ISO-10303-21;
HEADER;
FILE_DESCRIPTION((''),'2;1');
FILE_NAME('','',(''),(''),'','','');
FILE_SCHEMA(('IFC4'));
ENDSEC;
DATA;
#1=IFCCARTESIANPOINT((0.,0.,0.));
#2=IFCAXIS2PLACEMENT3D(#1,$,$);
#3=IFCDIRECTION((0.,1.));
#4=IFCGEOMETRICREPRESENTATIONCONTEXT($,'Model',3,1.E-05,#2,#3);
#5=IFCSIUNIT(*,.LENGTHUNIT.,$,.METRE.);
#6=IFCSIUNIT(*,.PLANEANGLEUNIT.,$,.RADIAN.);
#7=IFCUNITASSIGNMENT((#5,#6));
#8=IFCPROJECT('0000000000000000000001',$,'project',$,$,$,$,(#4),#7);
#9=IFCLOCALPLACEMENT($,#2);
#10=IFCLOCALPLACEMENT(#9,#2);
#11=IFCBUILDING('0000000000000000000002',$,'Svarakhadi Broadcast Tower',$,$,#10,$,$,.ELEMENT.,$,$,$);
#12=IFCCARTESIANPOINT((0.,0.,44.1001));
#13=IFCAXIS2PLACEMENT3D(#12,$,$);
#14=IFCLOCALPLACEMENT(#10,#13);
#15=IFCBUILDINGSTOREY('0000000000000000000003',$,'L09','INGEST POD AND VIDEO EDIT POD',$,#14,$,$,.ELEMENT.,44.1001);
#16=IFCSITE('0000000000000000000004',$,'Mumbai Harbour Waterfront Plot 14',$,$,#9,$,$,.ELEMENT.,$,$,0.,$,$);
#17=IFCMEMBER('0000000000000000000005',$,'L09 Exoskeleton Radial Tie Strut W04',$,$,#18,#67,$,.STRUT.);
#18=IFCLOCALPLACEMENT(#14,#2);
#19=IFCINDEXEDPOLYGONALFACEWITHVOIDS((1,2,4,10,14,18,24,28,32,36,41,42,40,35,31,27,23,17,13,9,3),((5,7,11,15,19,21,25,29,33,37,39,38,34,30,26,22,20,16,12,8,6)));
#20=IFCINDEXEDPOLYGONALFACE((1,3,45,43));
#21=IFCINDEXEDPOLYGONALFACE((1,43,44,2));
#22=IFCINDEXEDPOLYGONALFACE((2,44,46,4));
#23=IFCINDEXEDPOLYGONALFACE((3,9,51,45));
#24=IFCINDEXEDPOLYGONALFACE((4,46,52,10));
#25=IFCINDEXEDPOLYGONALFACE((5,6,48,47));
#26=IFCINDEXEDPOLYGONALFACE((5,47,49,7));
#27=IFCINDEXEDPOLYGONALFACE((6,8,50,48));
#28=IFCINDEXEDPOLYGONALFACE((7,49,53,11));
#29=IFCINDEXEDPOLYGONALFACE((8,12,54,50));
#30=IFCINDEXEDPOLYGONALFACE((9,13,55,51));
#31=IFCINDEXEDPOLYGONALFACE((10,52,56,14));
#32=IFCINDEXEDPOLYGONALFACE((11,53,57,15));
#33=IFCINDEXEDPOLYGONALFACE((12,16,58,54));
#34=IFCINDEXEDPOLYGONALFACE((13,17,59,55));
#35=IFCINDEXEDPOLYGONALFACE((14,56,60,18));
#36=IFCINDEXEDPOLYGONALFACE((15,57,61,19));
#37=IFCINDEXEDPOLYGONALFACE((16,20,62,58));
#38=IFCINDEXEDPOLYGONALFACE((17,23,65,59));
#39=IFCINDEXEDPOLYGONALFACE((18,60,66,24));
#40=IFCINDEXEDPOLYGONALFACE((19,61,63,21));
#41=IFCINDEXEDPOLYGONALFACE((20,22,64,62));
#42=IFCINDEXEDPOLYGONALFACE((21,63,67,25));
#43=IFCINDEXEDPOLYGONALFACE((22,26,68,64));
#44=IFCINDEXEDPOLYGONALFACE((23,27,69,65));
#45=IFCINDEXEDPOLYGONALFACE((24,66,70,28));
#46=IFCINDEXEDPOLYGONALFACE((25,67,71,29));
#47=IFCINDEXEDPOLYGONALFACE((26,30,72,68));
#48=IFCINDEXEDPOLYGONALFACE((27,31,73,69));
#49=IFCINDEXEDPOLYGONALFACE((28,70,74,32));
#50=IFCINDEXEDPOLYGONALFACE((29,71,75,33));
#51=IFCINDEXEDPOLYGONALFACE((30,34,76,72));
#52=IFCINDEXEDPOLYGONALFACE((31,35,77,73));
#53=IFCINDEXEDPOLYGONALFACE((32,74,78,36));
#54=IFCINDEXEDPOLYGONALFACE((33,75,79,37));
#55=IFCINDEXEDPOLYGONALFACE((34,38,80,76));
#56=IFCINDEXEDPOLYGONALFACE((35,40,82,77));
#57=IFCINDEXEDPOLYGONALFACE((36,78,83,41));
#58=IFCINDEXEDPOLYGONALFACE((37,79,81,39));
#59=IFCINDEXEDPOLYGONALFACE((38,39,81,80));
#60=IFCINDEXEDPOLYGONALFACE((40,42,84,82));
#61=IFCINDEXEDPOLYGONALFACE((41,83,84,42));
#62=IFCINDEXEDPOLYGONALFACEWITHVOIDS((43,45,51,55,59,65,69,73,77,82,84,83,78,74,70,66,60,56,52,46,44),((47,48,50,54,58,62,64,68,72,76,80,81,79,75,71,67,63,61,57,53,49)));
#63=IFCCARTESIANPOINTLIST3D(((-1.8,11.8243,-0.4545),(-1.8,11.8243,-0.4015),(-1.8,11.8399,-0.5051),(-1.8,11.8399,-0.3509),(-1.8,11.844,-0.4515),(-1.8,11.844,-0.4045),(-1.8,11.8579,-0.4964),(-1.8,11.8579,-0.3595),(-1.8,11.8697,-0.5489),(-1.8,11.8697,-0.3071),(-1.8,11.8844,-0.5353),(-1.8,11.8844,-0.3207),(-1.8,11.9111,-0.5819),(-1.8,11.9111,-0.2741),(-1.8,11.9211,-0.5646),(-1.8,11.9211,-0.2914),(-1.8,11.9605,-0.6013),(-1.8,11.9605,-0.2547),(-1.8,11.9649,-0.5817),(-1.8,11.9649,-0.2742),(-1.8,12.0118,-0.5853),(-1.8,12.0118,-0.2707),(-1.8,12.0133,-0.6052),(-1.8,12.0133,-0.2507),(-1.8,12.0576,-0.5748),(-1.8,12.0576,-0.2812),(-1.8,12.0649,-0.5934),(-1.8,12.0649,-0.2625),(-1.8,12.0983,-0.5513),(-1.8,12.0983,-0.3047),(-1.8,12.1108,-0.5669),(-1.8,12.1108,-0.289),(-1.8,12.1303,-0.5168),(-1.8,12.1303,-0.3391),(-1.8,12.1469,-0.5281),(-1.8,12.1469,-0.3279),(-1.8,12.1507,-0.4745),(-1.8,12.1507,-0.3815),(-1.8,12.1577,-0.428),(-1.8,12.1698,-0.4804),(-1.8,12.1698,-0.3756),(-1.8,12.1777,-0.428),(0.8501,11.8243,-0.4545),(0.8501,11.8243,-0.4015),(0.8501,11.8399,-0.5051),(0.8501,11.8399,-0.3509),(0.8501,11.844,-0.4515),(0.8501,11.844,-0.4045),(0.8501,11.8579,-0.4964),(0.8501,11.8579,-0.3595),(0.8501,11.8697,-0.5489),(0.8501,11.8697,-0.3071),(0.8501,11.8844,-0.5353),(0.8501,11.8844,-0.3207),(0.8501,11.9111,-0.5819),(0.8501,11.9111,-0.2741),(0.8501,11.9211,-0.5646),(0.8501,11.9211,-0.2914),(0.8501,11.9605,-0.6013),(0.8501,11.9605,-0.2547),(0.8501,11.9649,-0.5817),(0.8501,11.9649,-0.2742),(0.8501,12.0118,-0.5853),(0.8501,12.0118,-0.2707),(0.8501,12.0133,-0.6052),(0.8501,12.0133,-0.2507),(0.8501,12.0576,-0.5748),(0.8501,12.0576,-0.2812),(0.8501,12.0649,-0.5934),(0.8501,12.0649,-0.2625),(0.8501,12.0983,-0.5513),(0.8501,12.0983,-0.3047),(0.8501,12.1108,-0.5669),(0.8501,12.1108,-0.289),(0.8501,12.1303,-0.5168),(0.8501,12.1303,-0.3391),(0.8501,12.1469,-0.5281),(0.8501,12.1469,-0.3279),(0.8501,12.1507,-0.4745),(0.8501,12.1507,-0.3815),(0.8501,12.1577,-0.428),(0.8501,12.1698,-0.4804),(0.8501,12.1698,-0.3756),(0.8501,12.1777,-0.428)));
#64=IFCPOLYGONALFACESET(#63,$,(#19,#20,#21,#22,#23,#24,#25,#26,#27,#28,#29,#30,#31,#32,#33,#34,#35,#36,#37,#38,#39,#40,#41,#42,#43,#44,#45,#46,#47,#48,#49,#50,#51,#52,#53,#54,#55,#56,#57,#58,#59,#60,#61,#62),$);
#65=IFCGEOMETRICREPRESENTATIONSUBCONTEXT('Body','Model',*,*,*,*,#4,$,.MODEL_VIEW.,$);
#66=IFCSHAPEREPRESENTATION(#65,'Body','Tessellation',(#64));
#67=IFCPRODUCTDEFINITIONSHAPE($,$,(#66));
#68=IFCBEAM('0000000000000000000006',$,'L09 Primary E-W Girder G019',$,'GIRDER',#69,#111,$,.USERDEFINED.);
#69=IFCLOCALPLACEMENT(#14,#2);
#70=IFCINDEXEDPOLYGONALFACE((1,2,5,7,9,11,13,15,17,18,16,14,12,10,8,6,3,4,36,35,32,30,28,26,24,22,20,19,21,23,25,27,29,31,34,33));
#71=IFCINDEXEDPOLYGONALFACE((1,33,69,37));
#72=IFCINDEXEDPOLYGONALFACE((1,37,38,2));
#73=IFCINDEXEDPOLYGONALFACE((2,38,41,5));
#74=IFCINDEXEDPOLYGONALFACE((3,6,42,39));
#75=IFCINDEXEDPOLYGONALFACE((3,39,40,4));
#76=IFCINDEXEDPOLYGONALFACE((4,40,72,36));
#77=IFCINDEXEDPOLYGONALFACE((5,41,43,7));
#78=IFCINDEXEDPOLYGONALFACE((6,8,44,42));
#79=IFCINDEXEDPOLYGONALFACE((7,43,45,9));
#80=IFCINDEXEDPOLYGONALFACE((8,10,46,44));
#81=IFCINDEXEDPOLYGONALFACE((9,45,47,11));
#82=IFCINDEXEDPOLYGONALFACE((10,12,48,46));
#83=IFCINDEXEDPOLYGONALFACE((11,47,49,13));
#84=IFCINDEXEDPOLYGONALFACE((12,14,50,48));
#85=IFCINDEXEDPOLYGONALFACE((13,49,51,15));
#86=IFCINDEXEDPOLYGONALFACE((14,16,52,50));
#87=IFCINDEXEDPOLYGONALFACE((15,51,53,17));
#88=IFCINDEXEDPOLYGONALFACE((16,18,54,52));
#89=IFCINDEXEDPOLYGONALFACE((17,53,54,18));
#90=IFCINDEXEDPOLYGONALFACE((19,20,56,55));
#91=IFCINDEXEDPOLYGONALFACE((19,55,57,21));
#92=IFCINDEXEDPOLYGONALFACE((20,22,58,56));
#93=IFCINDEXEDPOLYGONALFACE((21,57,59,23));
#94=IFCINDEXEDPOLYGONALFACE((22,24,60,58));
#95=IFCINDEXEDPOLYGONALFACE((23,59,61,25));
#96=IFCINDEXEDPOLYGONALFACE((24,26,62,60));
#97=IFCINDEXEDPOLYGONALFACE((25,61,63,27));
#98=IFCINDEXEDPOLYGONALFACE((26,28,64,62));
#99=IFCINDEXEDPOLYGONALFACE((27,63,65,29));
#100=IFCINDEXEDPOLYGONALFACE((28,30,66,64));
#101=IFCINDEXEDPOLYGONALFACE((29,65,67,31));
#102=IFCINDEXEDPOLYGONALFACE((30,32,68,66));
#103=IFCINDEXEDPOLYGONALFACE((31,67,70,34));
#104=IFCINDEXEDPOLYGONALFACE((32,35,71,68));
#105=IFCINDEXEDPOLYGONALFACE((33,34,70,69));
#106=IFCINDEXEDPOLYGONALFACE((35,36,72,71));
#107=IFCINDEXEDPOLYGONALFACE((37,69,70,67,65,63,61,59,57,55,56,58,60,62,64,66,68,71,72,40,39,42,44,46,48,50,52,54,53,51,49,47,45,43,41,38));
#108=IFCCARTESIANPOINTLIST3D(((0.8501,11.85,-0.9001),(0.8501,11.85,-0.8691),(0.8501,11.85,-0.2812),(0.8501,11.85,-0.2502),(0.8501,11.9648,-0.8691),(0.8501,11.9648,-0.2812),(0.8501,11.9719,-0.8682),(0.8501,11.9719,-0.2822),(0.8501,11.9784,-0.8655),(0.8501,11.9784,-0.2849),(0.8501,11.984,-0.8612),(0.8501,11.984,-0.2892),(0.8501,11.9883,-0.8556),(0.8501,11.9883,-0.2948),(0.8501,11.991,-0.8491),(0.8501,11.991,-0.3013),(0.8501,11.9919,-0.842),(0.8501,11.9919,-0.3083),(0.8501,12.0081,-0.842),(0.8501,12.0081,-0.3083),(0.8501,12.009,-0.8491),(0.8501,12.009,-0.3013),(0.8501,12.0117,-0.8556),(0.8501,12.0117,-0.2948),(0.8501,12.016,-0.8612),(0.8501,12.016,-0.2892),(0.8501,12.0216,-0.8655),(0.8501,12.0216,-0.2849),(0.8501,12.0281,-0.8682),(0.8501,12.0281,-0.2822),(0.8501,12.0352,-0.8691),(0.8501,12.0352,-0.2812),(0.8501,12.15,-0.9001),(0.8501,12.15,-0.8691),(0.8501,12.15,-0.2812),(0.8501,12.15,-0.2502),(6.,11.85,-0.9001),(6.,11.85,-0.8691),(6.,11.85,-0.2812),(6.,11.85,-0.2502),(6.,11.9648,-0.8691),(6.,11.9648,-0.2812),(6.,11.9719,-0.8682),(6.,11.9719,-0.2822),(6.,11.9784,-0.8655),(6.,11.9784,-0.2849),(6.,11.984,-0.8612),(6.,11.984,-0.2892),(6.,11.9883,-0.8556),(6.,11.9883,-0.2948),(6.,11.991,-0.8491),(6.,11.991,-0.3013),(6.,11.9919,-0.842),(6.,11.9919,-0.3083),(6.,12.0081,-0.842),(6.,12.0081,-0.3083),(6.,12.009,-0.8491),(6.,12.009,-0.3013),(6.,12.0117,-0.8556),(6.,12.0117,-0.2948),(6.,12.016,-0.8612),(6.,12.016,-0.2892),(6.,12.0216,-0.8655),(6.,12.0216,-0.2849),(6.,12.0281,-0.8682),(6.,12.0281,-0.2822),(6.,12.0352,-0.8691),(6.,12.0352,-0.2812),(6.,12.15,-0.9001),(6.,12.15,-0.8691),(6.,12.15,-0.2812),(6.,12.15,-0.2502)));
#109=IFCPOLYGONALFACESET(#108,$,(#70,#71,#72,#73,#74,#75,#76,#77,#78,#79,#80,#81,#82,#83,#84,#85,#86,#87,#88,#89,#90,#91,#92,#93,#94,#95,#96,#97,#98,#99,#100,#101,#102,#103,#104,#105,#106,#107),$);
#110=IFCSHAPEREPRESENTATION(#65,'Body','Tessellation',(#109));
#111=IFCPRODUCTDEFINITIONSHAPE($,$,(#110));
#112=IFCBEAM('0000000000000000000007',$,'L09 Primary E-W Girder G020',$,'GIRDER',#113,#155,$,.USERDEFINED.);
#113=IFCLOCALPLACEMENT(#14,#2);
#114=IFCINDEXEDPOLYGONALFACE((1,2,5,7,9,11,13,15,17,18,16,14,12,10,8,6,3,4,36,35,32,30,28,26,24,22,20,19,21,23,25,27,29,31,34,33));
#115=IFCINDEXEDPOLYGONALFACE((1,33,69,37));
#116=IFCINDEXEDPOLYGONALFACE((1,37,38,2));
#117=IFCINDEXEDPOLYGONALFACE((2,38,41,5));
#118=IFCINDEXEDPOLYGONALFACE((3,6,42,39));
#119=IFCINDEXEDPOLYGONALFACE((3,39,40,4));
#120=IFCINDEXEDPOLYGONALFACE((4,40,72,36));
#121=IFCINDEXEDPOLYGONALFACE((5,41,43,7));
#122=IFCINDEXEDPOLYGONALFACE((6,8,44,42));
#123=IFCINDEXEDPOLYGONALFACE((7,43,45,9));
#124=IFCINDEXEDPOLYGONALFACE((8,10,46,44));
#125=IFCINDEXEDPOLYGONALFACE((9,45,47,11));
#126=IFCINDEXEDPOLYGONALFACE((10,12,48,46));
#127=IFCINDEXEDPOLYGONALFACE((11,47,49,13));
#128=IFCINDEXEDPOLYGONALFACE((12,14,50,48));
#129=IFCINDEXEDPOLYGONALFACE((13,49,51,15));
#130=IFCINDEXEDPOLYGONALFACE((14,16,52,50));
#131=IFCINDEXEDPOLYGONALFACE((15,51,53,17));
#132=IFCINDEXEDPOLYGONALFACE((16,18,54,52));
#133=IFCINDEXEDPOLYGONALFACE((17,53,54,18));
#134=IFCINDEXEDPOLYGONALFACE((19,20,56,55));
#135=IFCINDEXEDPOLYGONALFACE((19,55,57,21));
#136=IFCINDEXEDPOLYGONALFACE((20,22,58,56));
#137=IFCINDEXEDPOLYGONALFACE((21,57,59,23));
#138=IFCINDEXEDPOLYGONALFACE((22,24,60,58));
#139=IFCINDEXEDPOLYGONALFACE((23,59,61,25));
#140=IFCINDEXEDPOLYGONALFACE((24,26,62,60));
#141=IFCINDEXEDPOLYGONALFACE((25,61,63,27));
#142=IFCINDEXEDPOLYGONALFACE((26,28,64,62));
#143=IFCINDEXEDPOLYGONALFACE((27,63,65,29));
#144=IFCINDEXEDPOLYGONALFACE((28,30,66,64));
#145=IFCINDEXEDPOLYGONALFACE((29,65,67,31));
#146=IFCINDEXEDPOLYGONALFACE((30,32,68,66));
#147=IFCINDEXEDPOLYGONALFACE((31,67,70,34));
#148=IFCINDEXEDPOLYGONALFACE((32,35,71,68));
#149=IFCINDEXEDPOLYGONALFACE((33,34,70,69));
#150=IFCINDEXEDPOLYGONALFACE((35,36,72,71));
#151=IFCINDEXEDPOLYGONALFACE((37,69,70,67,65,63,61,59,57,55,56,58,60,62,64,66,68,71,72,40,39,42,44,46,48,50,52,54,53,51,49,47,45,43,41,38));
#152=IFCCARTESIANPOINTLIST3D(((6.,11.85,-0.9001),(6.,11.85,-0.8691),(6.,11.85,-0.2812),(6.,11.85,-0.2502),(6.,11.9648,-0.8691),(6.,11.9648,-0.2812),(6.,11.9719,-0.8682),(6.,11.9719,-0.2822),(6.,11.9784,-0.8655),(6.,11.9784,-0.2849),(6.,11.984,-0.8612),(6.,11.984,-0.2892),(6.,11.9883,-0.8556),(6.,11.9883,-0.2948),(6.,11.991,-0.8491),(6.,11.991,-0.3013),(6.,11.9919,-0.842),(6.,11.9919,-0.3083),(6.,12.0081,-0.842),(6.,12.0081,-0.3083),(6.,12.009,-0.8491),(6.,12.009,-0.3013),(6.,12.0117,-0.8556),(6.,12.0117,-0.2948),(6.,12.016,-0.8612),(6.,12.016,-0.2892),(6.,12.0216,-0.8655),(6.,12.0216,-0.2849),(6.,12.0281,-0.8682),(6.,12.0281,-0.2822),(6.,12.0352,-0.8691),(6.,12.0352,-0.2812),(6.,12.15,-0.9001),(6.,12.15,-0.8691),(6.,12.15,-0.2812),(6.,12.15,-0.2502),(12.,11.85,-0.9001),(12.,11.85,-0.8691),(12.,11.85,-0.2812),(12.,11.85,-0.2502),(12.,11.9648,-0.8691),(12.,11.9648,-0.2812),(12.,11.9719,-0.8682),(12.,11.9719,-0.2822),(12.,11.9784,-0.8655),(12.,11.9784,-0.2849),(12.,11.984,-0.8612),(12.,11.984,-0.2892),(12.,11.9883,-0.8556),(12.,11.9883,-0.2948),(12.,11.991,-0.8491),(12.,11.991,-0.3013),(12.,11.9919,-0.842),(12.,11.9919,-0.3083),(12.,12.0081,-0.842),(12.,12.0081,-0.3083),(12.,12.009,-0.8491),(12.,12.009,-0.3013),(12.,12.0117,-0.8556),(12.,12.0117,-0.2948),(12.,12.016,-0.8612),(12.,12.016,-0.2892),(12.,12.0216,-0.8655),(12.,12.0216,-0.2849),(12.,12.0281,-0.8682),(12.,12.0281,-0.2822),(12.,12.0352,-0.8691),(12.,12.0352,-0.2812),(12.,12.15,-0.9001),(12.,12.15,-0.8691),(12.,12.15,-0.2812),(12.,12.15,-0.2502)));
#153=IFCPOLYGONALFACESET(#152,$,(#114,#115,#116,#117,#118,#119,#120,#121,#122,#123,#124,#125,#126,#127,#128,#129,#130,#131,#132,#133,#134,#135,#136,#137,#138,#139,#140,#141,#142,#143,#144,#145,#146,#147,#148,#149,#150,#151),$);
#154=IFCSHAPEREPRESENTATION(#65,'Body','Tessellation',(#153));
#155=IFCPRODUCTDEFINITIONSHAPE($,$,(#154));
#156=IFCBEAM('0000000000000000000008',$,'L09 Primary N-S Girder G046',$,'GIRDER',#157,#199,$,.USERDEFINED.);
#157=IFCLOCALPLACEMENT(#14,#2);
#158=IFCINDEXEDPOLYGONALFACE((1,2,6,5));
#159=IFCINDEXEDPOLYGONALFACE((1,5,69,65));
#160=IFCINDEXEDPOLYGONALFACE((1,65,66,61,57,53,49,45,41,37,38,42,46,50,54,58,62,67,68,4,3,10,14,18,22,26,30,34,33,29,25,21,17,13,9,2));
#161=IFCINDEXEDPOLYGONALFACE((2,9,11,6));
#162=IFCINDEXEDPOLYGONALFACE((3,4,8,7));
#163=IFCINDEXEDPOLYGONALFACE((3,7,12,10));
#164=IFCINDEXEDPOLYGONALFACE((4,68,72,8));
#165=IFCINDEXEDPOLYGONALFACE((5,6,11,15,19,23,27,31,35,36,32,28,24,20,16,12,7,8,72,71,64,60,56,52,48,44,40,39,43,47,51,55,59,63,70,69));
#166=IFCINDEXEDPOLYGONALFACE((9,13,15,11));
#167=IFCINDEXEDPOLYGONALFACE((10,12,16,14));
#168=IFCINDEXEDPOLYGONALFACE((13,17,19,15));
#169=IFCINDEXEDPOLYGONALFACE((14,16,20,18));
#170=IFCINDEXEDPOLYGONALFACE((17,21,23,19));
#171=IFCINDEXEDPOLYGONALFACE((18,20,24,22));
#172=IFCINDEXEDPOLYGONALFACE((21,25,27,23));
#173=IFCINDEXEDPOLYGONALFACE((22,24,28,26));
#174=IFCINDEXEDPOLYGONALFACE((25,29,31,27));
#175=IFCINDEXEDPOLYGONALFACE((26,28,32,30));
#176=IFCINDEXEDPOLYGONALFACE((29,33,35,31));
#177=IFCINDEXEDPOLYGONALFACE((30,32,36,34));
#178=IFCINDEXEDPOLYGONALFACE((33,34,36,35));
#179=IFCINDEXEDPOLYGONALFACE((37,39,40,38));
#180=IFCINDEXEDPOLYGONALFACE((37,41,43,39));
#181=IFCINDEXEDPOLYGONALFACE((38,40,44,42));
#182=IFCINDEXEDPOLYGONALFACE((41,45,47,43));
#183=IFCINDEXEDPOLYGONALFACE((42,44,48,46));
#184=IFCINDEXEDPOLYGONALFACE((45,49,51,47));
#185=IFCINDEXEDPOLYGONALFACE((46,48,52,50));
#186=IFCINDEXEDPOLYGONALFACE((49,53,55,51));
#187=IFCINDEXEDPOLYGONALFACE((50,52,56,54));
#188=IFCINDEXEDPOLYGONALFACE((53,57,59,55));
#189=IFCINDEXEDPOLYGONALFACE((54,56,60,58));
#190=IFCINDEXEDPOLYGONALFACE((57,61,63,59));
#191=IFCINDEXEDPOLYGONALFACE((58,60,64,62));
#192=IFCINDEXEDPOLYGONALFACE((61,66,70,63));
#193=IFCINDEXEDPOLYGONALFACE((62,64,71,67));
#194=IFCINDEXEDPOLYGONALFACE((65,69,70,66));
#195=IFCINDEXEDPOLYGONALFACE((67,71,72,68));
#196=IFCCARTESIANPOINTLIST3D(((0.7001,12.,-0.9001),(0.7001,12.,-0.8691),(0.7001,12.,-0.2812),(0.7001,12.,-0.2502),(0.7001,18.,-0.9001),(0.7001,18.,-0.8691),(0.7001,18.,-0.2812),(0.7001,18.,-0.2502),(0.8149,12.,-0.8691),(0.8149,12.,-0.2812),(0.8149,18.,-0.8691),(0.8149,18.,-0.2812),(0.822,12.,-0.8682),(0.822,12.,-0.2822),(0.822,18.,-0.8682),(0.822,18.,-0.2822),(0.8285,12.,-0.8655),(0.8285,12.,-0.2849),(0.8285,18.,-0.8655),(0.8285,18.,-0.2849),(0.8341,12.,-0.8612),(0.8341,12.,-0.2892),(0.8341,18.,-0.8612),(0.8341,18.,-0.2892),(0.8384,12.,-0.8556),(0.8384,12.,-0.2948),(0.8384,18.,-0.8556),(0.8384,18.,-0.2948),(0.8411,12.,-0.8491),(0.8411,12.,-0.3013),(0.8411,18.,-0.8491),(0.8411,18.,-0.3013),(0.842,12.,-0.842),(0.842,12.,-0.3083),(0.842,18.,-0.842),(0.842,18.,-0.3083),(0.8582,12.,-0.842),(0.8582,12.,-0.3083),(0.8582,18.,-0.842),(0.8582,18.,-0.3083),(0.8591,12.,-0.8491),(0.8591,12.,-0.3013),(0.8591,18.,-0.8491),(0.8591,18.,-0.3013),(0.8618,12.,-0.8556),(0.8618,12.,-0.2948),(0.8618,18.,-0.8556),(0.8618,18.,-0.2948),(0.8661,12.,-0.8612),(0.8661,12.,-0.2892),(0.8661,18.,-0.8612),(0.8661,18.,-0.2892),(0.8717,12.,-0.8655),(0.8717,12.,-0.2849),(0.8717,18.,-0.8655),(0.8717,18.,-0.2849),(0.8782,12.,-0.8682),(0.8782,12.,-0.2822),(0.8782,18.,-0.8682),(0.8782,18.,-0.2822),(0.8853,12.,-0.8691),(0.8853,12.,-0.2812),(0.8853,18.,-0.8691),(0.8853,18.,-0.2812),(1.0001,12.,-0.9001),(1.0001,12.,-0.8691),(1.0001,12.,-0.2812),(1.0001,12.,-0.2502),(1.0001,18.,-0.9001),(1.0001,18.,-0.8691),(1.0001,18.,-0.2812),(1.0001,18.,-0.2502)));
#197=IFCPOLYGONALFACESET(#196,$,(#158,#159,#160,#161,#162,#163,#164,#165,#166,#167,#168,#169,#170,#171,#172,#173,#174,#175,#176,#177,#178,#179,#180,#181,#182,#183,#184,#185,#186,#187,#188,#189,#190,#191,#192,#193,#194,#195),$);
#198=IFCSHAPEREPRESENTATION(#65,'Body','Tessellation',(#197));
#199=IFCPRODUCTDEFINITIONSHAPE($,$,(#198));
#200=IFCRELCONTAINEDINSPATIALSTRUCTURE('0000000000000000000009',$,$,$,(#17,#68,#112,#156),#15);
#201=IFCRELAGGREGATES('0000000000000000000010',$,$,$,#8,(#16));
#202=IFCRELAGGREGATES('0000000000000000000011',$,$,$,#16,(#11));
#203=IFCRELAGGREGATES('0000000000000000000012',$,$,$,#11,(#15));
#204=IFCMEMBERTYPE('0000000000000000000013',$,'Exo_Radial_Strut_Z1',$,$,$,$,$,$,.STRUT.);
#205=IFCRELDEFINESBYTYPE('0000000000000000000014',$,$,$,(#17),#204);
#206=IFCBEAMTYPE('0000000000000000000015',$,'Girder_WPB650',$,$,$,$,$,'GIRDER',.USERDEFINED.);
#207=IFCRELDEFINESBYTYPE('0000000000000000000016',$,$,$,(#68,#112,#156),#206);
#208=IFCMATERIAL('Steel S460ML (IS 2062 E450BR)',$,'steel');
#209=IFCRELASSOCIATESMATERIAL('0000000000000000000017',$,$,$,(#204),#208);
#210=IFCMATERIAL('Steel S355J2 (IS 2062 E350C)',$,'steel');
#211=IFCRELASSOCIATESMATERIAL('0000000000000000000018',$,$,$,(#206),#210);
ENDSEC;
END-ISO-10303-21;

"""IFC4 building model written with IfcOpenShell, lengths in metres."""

from ifc_helpers import new_model, si_unit, direction, frame, origin, origin_2d, place, context, subcontext, project, spatial, hollow_circle, i_section, extrude, material, material_profile, profile_set, type_object, element, save


model = new_model("IFC4")

# Units and contexts
model_context = context("Model", 3, precision=1e-05, world=origin(), true_north=direction((0.0, 1.0)))
body_context = subcontext(model_context, "Body", "Model", "MODEL_VIEW")
ifc_project = project(units=[si_unit("LENGTHUNIT", "METRE"), si_unit("PLANEANGLEUNIT", "RADIAN")], contexts=[model_context])

# Site, building, storey
site_placement = place(None, origin())
site = spatial("IfcSite", under=ifc_project, at=site_placement, Name="Mumbai Harbour Waterfront Plot 14", CompositionType="ELEMENT", RefElevation=0.0)
building_placement = place(site_placement, origin())
building = spatial("IfcBuilding", under=site, at=building_placement, Name="Svarakhadi Broadcast Tower", CompositionType="ELEMENT")
storey_placement = place(building_placement, frame((0.0, 0.0, 44.1001)))
storey = spatial("IfcBuildingStorey", under=building, at=storey_placement, Name="L09", Description="INGEST POD AND VIDEO EDIT POD", CompositionType="ELEMENT", Elevation=44.1001)

# Shared definitions
ifc_material_1 = material(Name="Steel S460ML (IS 2062 E450BR)", Category="steel")

# Shared definitions
ifc_material_2 = material(Name="Steel S355J2 (IS 2062 E350C)", Category="steel")

# Member
ifc_material_profile_1 = material_profile(ifc_material_1, hollow_circle(Radius=0.1777, WallThickness=0.02, at=origin_2d()), Name="CHS 355.6x20")
ifc_profile_set_1 = profile_set([ifc_material_profile_1], Name="Steel S460ML (IS 2062 E450BR)")
member_type_1 = type_object("IfcMemberType", Name="Exo_Radial_Strut_Z1", PredefinedType="STRUT", material=ifc_profile_set_1)
member_1_placement = place(storey_placement, frame((-1.8, 12.0, -0.428), z_axis=(1.0, 0.0, 0.0), x_axis=(0.0, 1.0, 0.0)))
element("IfcMember", 1, at=member_1_placement, inside=storey, type_object=member_type_1, Name="L09 Exoskeleton Radial Tie Strut W04", PredefinedType="STRUT", context=body_context, shape_type="SweptSolid", body=[
    extrude(hollow_circle(Radius=0.1777, WallThickness=0.02, at=origin_2d()), origin(), (0.0, 0.0, 1.0), 2.6501),
])

# Beams
ifc_material_profile_2 = material_profile(ifc_material_2, i_section(OverallWidth=0.3, OverallDepth=0.6499, WebThickness=0.0161, FlangeThickness=0.031, FilletRadius=0.0271, at=origin_2d()), Name="WPB 650x300x225")
ifc_profile_set_2 = profile_set([ifc_material_profile_2], Name="Steel S355J2 (IS 2062 E350C)")
beam_type_1 = type_object("IfcBeamType", Name="Girder_WPB650", ElementType="GIRDER", PredefinedType="USERDEFINED", material=ifc_profile_set_2)
beam_1_placement = place(storey_placement, frame((0.8501, 12.0, -0.5752), z_axis=(1.0, 0.0, 0.0), x_axis=(0.0, 1.0, 0.0)))
element("IfcBeam", 2, at=beam_1_placement, inside=storey, type_object=beam_type_1, Name="L09 Primary E-W Girder G019", ObjectType="GIRDER", PredefinedType="USERDEFINED", context=body_context, shape_type="SweptSolid", body=[
    extrude(i_section(OverallWidth=0.3, OverallDepth=0.6499, WebThickness=0.0161, FlangeThickness=0.031, FilletRadius=0.0271, at=origin_2d()), origin(), (0.0, 0.0, 1.0), 5.1499),
])
for number, where, z_axis, x_axis, name in (
    (3, (6.0, 12.0, -0.5752), (1.0, 0.0, 0.0), (0.0, 1.0, 0.0), "L09 Primary E-W Girder G020"),
    (4, (0.8501, 12.0, -0.5752), (0.0, 1.0, 0.0), (-1.0, 0.0, 0.0), "L09 Primary N-S Girder G046"),
):
    element("IfcBeam", number, at=place(storey_placement, frame(where, z_axis=z_axis, x_axis=x_axis)), inside=storey, type_object=beam_type_1, Name=name, ObjectType="GIRDER", PredefinedType="USERDEFINED", context=body_context, shape_type="SweptSolid", body=[
        extrude(i_section(OverallWidth=0.3, OverallDepth=0.6499, WebThickness=0.0161, FlangeThickness=0.031, FilletRadius=0.0271, at=origin_2d()), origin(), (0.0, 0.0, 1.0), 6.0),
    ])

save(model, "model.ifc")
